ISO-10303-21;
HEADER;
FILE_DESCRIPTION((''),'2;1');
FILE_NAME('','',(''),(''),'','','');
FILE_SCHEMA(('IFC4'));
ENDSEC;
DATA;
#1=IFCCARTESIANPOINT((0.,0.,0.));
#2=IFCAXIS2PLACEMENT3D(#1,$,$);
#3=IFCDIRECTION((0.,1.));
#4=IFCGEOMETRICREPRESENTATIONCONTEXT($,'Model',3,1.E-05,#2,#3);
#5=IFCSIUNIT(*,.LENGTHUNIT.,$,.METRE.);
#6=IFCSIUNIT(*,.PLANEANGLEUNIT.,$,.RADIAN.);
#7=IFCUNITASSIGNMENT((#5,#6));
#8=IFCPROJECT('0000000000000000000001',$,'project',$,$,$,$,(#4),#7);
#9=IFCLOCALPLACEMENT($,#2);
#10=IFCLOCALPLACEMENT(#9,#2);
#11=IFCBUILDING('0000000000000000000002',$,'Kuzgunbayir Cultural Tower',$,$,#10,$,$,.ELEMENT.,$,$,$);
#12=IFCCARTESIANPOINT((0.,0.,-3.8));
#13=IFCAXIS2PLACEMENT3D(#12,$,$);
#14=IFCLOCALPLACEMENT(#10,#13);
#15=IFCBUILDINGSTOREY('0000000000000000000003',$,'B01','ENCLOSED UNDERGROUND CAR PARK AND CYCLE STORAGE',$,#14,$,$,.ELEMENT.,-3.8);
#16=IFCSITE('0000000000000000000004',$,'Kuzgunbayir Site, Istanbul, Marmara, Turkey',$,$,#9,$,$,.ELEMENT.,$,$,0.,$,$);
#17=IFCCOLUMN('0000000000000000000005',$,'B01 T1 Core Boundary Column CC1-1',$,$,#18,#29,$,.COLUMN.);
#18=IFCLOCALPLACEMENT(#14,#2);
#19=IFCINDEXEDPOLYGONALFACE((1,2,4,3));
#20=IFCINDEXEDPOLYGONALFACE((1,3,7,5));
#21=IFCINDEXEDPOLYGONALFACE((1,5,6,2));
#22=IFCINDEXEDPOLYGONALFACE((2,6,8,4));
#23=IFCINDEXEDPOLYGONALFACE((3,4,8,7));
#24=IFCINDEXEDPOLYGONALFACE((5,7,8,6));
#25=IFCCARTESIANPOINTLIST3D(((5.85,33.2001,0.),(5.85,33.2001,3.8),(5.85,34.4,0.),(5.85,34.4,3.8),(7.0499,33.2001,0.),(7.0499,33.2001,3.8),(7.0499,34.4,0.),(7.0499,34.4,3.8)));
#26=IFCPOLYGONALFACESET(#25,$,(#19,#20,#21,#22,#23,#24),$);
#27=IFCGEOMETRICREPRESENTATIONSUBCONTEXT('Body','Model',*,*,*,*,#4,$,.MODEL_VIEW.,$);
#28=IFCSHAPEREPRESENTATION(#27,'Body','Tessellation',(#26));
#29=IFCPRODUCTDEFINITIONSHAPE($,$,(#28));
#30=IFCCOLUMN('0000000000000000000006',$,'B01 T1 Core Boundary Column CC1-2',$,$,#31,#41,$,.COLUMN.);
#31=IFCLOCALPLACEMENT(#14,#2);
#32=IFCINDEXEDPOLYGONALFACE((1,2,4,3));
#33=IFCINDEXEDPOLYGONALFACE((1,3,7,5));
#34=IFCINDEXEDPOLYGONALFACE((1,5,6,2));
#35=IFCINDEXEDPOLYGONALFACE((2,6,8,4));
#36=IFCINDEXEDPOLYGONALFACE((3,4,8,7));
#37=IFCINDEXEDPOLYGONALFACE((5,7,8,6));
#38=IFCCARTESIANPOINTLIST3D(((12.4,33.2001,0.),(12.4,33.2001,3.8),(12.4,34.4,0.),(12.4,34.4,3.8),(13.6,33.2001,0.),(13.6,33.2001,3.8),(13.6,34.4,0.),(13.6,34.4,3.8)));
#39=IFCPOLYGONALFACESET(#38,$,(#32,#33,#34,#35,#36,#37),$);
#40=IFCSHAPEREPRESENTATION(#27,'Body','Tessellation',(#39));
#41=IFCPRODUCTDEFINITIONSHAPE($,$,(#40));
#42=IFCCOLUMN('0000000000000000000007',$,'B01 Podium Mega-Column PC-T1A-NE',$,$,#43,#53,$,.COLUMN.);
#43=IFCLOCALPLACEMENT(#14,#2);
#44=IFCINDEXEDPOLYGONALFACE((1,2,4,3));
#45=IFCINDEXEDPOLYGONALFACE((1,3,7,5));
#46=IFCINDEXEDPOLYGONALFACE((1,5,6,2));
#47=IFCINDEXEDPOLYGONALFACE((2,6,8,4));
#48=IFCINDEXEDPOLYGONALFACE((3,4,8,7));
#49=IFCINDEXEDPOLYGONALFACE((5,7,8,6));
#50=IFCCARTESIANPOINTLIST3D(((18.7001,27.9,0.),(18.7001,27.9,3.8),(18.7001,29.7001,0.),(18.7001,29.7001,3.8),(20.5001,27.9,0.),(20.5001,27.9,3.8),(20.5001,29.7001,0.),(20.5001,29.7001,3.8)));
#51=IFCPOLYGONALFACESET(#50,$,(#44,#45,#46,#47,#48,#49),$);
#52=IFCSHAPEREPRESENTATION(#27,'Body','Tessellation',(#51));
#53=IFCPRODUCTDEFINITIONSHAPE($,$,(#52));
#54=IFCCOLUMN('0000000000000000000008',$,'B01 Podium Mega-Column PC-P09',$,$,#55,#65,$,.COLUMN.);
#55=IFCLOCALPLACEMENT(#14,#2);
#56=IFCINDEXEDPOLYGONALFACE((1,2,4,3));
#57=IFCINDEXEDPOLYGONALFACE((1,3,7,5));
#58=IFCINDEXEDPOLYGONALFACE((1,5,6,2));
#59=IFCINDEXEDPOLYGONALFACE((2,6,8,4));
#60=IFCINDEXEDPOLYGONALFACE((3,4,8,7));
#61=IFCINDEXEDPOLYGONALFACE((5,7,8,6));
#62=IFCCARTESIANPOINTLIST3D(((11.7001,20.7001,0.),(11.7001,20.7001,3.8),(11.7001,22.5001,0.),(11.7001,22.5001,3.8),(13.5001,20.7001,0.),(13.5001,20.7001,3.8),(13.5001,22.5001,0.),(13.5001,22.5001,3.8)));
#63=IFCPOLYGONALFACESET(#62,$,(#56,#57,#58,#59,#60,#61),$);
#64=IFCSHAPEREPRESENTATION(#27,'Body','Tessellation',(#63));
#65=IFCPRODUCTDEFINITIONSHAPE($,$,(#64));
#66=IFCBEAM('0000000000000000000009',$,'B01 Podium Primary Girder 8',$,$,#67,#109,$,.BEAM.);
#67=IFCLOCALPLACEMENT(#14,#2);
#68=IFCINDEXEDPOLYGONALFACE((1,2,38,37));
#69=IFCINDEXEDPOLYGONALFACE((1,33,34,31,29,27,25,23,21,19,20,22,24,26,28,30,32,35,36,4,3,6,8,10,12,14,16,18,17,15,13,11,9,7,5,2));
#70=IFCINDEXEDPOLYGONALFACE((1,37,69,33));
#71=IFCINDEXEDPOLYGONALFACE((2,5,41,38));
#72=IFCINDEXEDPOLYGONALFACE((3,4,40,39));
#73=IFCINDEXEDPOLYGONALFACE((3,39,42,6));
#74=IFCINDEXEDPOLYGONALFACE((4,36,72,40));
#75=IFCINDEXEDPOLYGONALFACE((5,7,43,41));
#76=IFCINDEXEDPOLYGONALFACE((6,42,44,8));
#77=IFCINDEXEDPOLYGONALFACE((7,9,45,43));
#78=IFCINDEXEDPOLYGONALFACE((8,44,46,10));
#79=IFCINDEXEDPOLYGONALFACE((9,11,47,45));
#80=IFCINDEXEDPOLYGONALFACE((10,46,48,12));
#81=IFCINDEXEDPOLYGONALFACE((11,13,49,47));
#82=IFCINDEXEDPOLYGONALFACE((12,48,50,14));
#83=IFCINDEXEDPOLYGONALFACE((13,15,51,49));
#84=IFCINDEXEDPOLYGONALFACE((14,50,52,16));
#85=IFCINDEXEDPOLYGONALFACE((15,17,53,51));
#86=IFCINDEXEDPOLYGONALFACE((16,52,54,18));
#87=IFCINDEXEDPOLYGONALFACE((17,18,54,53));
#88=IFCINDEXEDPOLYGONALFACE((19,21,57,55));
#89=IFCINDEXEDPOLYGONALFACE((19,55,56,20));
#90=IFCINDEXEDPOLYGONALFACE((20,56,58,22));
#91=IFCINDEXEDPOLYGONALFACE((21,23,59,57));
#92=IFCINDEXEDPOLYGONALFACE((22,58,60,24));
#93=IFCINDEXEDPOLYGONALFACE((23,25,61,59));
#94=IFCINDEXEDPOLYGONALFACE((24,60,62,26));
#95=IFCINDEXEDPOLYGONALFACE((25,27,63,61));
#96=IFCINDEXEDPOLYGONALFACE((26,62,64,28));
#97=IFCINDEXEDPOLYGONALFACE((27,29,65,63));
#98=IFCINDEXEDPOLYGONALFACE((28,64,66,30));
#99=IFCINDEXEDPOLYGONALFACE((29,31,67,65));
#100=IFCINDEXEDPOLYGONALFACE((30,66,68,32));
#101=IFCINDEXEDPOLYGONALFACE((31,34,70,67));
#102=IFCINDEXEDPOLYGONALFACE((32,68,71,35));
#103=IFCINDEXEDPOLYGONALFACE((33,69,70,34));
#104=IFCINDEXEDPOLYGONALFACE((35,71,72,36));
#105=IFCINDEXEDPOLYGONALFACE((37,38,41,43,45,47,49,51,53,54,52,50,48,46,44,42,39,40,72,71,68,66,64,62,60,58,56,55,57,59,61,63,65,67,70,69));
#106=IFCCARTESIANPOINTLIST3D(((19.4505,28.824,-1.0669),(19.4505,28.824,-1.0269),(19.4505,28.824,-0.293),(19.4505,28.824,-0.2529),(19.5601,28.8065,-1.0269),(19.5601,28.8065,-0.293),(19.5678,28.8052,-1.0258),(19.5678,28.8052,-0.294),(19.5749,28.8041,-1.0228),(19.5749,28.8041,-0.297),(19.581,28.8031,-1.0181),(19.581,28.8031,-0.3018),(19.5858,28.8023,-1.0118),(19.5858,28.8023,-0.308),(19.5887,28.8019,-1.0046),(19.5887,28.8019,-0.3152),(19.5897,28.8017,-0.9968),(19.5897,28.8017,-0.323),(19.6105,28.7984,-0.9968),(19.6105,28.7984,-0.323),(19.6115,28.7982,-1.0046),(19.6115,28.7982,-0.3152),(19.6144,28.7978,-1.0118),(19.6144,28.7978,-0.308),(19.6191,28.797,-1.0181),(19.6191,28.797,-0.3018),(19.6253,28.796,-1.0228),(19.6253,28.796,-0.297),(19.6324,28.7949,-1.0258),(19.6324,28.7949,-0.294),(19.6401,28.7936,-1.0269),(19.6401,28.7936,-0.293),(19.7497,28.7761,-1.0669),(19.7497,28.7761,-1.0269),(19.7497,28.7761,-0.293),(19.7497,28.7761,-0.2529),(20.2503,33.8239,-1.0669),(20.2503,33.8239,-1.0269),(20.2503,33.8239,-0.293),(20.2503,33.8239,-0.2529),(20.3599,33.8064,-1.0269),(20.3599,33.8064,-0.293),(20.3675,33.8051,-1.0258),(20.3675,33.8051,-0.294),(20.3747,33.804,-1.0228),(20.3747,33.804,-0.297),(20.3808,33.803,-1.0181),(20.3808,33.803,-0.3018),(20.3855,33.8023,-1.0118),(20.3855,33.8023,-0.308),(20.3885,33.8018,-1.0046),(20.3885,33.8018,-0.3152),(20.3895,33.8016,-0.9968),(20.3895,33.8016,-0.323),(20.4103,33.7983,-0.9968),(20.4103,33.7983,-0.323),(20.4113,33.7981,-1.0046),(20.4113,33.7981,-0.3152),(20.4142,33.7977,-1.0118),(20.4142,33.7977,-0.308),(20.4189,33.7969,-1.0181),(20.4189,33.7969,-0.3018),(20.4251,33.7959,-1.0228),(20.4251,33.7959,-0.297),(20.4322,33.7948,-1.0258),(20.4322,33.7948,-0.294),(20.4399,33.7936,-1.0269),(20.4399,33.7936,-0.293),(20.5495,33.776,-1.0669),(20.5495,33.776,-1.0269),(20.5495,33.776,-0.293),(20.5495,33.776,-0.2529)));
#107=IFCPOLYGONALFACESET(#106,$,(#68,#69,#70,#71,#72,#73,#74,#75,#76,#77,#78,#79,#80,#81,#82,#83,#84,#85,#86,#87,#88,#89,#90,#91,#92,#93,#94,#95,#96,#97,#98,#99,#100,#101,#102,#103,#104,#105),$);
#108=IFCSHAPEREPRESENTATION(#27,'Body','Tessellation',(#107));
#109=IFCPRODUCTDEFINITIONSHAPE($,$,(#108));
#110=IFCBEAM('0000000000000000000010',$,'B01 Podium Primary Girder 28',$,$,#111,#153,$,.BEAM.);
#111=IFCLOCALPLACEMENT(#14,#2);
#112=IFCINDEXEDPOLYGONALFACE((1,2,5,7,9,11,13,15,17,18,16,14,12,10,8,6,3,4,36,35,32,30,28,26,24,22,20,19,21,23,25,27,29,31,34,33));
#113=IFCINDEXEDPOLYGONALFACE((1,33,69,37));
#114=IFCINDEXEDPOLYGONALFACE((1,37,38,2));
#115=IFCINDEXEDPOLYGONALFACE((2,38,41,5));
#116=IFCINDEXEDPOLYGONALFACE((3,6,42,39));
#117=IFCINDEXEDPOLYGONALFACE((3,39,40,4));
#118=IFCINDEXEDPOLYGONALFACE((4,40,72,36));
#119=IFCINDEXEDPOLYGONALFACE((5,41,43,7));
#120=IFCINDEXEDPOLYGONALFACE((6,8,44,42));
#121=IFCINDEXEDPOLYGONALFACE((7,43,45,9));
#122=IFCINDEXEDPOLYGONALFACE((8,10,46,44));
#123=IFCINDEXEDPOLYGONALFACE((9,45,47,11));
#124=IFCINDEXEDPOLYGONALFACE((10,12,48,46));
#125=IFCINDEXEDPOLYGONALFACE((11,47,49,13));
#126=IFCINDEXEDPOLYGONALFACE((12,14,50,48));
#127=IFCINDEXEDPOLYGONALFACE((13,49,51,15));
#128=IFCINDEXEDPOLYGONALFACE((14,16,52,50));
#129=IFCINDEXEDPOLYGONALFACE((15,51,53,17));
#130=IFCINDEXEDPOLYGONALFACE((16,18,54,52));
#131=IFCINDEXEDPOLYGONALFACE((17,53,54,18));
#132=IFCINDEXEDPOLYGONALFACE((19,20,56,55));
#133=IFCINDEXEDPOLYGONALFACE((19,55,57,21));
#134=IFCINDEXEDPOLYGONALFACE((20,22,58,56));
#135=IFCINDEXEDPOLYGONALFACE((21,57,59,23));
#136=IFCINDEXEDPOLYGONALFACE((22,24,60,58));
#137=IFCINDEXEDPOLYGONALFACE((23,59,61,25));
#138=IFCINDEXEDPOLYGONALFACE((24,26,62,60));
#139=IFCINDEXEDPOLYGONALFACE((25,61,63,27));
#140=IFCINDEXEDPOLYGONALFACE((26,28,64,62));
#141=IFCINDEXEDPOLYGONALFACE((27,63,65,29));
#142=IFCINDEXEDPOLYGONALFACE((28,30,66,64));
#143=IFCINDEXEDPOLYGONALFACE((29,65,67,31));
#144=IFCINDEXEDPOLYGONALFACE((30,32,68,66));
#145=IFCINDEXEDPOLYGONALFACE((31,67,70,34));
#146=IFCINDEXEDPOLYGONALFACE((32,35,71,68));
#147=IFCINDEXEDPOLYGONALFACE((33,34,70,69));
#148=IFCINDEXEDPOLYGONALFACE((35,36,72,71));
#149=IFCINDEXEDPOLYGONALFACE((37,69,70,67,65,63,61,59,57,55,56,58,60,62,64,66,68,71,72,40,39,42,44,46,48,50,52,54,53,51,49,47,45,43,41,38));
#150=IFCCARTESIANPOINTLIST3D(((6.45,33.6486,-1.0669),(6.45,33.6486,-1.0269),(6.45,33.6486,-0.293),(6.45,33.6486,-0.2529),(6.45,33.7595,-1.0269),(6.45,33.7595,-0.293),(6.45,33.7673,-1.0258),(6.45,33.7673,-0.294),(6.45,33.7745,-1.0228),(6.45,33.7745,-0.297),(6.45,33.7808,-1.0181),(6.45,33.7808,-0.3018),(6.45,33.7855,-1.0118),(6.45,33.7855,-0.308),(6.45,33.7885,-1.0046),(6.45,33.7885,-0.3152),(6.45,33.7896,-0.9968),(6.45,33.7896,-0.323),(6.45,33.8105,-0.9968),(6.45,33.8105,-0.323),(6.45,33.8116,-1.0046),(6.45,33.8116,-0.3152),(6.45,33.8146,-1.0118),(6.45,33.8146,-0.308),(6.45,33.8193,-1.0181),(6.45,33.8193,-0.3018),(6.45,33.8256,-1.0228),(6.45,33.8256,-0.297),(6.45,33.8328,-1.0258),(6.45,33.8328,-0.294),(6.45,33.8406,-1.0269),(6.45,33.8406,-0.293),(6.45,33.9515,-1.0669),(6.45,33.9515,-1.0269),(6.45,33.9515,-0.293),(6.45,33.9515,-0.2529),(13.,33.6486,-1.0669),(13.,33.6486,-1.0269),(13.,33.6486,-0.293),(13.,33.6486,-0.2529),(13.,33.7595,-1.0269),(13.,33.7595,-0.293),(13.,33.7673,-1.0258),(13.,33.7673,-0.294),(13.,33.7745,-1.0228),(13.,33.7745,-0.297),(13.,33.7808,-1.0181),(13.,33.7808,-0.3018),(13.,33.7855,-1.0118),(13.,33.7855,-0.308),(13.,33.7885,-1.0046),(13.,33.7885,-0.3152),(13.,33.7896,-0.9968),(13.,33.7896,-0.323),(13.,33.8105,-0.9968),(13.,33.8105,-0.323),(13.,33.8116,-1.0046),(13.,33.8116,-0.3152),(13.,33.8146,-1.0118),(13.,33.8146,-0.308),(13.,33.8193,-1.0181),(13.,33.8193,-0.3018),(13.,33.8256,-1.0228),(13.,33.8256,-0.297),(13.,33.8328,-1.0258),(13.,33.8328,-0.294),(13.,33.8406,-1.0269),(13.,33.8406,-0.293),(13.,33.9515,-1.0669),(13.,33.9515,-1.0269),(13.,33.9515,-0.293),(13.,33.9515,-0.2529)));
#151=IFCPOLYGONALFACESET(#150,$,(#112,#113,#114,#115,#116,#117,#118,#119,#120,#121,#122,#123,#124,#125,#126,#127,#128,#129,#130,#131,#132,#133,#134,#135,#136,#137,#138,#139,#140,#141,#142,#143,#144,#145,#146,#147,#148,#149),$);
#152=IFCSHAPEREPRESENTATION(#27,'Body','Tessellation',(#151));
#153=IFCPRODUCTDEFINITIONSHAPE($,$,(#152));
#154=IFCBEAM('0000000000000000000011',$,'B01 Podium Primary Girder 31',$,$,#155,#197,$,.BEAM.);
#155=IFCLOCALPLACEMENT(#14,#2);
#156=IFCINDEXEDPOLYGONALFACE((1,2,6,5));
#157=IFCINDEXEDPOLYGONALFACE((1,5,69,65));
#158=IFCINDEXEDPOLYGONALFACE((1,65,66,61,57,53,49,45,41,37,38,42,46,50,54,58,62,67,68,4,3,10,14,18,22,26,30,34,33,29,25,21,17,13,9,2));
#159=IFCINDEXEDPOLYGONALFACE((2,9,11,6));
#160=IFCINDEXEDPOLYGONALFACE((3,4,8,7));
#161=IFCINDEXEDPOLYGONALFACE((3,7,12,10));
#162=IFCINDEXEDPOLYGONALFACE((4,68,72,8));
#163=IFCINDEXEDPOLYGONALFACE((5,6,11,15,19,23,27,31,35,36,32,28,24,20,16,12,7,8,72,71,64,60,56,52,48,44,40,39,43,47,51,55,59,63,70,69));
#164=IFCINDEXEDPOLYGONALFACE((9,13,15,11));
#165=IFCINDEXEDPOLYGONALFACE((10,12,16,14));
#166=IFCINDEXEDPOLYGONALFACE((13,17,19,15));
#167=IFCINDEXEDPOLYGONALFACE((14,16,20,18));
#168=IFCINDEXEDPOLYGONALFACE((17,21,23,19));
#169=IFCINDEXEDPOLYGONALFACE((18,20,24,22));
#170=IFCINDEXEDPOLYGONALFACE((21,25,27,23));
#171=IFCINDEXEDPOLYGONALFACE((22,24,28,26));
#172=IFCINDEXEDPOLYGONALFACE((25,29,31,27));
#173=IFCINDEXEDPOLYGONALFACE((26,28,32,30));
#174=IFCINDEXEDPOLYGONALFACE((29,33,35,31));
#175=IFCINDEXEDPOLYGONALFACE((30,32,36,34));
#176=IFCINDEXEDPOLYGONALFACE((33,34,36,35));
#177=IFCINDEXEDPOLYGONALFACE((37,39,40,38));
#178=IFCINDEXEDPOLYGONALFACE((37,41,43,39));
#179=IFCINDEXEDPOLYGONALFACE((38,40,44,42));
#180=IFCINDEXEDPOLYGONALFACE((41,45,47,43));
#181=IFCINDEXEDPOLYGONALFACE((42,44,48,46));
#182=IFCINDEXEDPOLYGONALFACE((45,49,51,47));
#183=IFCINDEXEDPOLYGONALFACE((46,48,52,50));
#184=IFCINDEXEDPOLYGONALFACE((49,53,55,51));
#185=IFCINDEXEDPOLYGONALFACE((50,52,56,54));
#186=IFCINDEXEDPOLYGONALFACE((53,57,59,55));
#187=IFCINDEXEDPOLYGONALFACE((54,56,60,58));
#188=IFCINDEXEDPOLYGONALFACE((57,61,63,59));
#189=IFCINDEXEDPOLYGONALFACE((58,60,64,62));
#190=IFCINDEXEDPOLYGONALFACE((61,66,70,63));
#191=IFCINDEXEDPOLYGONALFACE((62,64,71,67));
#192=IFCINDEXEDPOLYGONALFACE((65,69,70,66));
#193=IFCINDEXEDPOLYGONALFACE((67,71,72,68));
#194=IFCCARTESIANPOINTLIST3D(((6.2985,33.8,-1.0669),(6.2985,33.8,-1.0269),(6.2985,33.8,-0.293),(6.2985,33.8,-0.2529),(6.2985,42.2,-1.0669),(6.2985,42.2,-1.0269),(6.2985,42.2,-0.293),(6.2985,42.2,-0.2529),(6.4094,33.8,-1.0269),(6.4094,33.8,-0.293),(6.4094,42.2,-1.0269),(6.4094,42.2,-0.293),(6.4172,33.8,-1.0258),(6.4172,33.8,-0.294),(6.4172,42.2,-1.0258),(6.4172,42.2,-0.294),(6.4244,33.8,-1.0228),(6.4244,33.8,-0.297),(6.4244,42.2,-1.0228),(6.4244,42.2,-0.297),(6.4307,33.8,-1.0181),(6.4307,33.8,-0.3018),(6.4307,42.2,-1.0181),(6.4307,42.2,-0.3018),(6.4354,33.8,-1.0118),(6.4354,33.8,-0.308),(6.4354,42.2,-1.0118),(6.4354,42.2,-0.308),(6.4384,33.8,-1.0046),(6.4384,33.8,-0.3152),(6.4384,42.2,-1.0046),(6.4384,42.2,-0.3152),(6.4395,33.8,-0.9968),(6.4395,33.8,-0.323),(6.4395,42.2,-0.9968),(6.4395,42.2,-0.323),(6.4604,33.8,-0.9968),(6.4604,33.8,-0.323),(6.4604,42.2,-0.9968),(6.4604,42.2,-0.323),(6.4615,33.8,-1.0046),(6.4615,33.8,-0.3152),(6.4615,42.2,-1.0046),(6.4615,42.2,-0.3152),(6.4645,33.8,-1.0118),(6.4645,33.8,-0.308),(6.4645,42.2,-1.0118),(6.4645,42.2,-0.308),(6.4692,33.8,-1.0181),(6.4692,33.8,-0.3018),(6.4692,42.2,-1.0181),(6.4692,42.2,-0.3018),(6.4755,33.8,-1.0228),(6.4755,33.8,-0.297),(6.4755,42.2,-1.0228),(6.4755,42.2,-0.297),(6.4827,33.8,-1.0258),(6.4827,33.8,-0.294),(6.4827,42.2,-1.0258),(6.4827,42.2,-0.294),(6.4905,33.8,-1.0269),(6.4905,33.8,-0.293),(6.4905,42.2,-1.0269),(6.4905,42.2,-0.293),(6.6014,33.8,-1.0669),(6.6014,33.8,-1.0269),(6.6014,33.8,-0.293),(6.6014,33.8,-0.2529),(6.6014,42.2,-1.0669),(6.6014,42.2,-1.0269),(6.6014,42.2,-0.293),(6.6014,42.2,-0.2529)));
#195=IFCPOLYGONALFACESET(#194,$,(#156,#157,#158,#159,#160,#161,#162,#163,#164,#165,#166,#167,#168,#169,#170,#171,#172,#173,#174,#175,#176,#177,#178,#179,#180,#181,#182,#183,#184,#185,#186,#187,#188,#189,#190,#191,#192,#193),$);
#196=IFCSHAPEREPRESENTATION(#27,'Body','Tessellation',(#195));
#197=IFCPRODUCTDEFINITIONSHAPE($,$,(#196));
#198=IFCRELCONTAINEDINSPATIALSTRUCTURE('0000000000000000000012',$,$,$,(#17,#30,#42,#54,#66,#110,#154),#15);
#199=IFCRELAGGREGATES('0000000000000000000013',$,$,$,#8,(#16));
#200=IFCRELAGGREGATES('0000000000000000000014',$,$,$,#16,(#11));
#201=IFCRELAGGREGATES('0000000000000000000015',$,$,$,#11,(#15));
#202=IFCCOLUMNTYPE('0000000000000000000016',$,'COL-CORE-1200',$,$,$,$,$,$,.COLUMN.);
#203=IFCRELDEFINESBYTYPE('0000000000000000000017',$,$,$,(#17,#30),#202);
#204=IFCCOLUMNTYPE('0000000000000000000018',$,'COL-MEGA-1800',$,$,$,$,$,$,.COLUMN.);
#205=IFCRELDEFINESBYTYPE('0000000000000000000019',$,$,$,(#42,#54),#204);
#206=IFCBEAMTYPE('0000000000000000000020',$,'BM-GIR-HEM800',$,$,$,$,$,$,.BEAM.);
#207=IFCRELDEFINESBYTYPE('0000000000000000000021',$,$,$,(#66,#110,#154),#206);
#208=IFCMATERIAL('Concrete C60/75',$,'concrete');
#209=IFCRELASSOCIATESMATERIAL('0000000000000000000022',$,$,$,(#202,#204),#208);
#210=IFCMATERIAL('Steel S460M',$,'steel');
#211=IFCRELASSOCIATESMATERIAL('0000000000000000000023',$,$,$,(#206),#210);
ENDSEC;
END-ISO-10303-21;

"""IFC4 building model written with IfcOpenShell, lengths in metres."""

from ifc_helpers import new_model, si_unit, direction, frame, origin, origin_2d, place, context, subcontext, project, spatial, rectangle, i_section, extrude, material, material_profile, profile_set, type_object, element, save


model = new_model("IFC4")

# Units and contexts
model_context = context("Model", 3, precision=1e-05, world=origin(), true_north=direction((0.0, 1.0)))
body_context = subcontext(model_context, "Body", "Model", "MODEL_VIEW")
ifc_project = project(units=[si_unit("LENGTHUNIT", "METRE"), si_unit("PLANEANGLEUNIT", "RADIAN")], contexts=[model_context])

# Site, building, storey
site_placement = place(None, origin())
site = spatial("IfcSite", under=ifc_project, at=site_placement, Name="Kuzgunbayir Site, Istanbul, Marmara, Turkey", CompositionType="ELEMENT", RefElevation=0.0)
building_placement = place(site_placement, origin())
building = spatial("IfcBuilding", under=site, at=building_placement, Name="Kuzgunbayir Cultural Tower", CompositionType="ELEMENT")
storey_placement = place(building_placement, frame((0.0, 0.0, -3.8)))
storey = spatial("IfcBuildingStorey", under=building, at=storey_placement, Name="B01", Description="ENCLOSED UNDERGROUND CAR PARK AND CYCLE STORAGE", CompositionType="ELEMENT", Elevation=-3.8)

# Columns
ifc_material_1 = material(Name="Concrete C60/75", Category="concrete")
ifc_material_profile_1 = material_profile(ifc_material_1, rectangle(XDim=1.2, YDim=1.2, at=origin_2d()), Name="RC 1200x1200")
ifc_profile_set_1 = profile_set([ifc_material_profile_1], Name="Concrete C60/75")
column_type_1 = type_object("IfcColumnType", Name="COL-CORE-1200", PredefinedType="COLUMN", material=ifc_profile_set_1)
for number, where, z_axis, x_axis, name in (
    (1, (6.45, 33.8, 0.0), (0.0, 0.0, 1.0), (1.0, 0.0, 0.0), "B01 T1 Core Boundary Column CC1-1"),
    (2, (13.0, 33.8, 0.0), (0.0, 0.0, 1.0), (1.0, 0.0, 0.0), "B01 T1 Core Boundary Column CC1-2"),
):
    element("IfcColumn", number, at=place(storey_placement, frame(where, z_axis=z_axis, x_axis=x_axis)), inside=storey, type_object=column_type_1, Name=name, PredefinedType="COLUMN", context=body_context, shape_type="SweptSolid", body=[
        extrude(rectangle(XDim=1.2, YDim=1.2, at=origin_2d()), origin(), (0.0, 0.0, 1.0), 3.8),
    ])
ifc_material_profile_2 = material_profile(ifc_material_1, rectangle(XDim=1.8, YDim=1.8, at=origin_2d()), Name="RC 1800x1800")
ifc_profile_set_2 = profile_set([ifc_material_profile_2], Name="Concrete C60/75")
column_type_2 = type_object("IfcColumnType", Name="COL-MEGA-1800", PredefinedType="COLUMN", material=ifc_profile_set_2)
for number, where, z_axis, x_axis, name in (
    (3, (19.6001, 28.8, 0.0), (0.0, 0.0, 1.0), (1.0, 0.0, 0.0), "B01 Podium Mega-Column PC-T1A-NE"),
    (4, (12.6001, 21.6001, 0.0), (0.0, 0.0, 1.0), (1.0, 0.0, 0.0), "B01 Podium Mega-Column PC-P09"),
):
    element("IfcColumn", number, at=place(storey_placement, frame(where, z_axis=z_axis, x_axis=x_axis)), inside=storey, type_object=column_type_2, Name=name, PredefinedType="COLUMN", context=body_context, shape_type="SweptSolid", body=[
        extrude(rectangle(XDim=1.8, YDim=1.8, at=origin_2d()), origin(), (0.0, 0.0, 1.0), 3.8),
    ])

# Beams
ifc_material_2 = material(Name="Steel S460M", Category="steel")
ifc_material_profile_3 = material_profile(ifc_material_2, i_section(OverallWidth=0.303, OverallDepth=0.814, WebThickness=0.021, FlangeThickness=0.04, FilletRadius=0.03, at=origin_2d()), Name="HEM 800")
ifc_profile_set_3 = profile_set([ifc_material_profile_3], Name="Steel S460M")
beam_type_1 = type_object("IfcBeamType", Name="BM-GIR-HEM800", PredefinedType="BEAM", material=ifc_profile_set_3)
beam_1_placement = place(storey_placement, frame((19.6001, 28.8, -0.6599), z_axis=(0.157953, 0.987447, 0.0), x_axis=(-0.987447, 0.157953, 0.0)))
element("IfcBeam", 5, at=beam_1_placement, inside=storey, type_object=beam_type_1, Name="B01 Podium Primary Girder 8", PredefinedType="BEAM", context=body_context, shape_type="SweptSolid", body=[
    extrude(i_section(OverallWidth=0.303, OverallDepth=0.814, WebThickness=0.021, FlangeThickness=0.04, FilletRadius=0.03, at=origin_2d()), origin(), (0.0, 0.0, 1.0), 5.0635),
])
beam_2_placement = place(storey_placement, frame((6.45, 33.8, -0.6599), z_axis=(1.0, 0.0, 0.0), x_axis=(0.0, 1.0, 0.0)))
element("IfcBeam", 6, at=beam_2_placement, inside=storey, type_object=beam_type_1, Name="B01 Podium Primary Girder 28", PredefinedType="BEAM", context=body_context, shape_type="SweptSolid", body=[
    extrude(i_section(OverallWidth=0.303, OverallDepth=0.814, WebThickness=0.021, FlangeThickness=0.04, FilletRadius=0.03, at=origin_2d()), origin(), (0.0, 0.0, 1.0), 6.55),
])
beam_3_placement = place(storey_placement, frame((6.45, 33.8, -0.6599), z_axis=(0.0, 1.0, 0.0), x_axis=(-1.0, 0.0, 0.0)))
element("IfcBeam", 7, at=beam_3_placement, inside=storey, type_object=beam_type_1, Name="B01 Podium Primary Girder 31", PredefinedType="BEAM", context=body_context, shape_type="SweptSolid", body=[
    extrude(i_section(OverallWidth=0.303, OverallDepth=0.814, WebThickness=0.021, FlangeThickness=0.04, FilletRadius=0.03, at=origin_2d()), origin(), (0.0, 0.0, 1.0), 8.3999),
])

save(model, "model.ifc")
